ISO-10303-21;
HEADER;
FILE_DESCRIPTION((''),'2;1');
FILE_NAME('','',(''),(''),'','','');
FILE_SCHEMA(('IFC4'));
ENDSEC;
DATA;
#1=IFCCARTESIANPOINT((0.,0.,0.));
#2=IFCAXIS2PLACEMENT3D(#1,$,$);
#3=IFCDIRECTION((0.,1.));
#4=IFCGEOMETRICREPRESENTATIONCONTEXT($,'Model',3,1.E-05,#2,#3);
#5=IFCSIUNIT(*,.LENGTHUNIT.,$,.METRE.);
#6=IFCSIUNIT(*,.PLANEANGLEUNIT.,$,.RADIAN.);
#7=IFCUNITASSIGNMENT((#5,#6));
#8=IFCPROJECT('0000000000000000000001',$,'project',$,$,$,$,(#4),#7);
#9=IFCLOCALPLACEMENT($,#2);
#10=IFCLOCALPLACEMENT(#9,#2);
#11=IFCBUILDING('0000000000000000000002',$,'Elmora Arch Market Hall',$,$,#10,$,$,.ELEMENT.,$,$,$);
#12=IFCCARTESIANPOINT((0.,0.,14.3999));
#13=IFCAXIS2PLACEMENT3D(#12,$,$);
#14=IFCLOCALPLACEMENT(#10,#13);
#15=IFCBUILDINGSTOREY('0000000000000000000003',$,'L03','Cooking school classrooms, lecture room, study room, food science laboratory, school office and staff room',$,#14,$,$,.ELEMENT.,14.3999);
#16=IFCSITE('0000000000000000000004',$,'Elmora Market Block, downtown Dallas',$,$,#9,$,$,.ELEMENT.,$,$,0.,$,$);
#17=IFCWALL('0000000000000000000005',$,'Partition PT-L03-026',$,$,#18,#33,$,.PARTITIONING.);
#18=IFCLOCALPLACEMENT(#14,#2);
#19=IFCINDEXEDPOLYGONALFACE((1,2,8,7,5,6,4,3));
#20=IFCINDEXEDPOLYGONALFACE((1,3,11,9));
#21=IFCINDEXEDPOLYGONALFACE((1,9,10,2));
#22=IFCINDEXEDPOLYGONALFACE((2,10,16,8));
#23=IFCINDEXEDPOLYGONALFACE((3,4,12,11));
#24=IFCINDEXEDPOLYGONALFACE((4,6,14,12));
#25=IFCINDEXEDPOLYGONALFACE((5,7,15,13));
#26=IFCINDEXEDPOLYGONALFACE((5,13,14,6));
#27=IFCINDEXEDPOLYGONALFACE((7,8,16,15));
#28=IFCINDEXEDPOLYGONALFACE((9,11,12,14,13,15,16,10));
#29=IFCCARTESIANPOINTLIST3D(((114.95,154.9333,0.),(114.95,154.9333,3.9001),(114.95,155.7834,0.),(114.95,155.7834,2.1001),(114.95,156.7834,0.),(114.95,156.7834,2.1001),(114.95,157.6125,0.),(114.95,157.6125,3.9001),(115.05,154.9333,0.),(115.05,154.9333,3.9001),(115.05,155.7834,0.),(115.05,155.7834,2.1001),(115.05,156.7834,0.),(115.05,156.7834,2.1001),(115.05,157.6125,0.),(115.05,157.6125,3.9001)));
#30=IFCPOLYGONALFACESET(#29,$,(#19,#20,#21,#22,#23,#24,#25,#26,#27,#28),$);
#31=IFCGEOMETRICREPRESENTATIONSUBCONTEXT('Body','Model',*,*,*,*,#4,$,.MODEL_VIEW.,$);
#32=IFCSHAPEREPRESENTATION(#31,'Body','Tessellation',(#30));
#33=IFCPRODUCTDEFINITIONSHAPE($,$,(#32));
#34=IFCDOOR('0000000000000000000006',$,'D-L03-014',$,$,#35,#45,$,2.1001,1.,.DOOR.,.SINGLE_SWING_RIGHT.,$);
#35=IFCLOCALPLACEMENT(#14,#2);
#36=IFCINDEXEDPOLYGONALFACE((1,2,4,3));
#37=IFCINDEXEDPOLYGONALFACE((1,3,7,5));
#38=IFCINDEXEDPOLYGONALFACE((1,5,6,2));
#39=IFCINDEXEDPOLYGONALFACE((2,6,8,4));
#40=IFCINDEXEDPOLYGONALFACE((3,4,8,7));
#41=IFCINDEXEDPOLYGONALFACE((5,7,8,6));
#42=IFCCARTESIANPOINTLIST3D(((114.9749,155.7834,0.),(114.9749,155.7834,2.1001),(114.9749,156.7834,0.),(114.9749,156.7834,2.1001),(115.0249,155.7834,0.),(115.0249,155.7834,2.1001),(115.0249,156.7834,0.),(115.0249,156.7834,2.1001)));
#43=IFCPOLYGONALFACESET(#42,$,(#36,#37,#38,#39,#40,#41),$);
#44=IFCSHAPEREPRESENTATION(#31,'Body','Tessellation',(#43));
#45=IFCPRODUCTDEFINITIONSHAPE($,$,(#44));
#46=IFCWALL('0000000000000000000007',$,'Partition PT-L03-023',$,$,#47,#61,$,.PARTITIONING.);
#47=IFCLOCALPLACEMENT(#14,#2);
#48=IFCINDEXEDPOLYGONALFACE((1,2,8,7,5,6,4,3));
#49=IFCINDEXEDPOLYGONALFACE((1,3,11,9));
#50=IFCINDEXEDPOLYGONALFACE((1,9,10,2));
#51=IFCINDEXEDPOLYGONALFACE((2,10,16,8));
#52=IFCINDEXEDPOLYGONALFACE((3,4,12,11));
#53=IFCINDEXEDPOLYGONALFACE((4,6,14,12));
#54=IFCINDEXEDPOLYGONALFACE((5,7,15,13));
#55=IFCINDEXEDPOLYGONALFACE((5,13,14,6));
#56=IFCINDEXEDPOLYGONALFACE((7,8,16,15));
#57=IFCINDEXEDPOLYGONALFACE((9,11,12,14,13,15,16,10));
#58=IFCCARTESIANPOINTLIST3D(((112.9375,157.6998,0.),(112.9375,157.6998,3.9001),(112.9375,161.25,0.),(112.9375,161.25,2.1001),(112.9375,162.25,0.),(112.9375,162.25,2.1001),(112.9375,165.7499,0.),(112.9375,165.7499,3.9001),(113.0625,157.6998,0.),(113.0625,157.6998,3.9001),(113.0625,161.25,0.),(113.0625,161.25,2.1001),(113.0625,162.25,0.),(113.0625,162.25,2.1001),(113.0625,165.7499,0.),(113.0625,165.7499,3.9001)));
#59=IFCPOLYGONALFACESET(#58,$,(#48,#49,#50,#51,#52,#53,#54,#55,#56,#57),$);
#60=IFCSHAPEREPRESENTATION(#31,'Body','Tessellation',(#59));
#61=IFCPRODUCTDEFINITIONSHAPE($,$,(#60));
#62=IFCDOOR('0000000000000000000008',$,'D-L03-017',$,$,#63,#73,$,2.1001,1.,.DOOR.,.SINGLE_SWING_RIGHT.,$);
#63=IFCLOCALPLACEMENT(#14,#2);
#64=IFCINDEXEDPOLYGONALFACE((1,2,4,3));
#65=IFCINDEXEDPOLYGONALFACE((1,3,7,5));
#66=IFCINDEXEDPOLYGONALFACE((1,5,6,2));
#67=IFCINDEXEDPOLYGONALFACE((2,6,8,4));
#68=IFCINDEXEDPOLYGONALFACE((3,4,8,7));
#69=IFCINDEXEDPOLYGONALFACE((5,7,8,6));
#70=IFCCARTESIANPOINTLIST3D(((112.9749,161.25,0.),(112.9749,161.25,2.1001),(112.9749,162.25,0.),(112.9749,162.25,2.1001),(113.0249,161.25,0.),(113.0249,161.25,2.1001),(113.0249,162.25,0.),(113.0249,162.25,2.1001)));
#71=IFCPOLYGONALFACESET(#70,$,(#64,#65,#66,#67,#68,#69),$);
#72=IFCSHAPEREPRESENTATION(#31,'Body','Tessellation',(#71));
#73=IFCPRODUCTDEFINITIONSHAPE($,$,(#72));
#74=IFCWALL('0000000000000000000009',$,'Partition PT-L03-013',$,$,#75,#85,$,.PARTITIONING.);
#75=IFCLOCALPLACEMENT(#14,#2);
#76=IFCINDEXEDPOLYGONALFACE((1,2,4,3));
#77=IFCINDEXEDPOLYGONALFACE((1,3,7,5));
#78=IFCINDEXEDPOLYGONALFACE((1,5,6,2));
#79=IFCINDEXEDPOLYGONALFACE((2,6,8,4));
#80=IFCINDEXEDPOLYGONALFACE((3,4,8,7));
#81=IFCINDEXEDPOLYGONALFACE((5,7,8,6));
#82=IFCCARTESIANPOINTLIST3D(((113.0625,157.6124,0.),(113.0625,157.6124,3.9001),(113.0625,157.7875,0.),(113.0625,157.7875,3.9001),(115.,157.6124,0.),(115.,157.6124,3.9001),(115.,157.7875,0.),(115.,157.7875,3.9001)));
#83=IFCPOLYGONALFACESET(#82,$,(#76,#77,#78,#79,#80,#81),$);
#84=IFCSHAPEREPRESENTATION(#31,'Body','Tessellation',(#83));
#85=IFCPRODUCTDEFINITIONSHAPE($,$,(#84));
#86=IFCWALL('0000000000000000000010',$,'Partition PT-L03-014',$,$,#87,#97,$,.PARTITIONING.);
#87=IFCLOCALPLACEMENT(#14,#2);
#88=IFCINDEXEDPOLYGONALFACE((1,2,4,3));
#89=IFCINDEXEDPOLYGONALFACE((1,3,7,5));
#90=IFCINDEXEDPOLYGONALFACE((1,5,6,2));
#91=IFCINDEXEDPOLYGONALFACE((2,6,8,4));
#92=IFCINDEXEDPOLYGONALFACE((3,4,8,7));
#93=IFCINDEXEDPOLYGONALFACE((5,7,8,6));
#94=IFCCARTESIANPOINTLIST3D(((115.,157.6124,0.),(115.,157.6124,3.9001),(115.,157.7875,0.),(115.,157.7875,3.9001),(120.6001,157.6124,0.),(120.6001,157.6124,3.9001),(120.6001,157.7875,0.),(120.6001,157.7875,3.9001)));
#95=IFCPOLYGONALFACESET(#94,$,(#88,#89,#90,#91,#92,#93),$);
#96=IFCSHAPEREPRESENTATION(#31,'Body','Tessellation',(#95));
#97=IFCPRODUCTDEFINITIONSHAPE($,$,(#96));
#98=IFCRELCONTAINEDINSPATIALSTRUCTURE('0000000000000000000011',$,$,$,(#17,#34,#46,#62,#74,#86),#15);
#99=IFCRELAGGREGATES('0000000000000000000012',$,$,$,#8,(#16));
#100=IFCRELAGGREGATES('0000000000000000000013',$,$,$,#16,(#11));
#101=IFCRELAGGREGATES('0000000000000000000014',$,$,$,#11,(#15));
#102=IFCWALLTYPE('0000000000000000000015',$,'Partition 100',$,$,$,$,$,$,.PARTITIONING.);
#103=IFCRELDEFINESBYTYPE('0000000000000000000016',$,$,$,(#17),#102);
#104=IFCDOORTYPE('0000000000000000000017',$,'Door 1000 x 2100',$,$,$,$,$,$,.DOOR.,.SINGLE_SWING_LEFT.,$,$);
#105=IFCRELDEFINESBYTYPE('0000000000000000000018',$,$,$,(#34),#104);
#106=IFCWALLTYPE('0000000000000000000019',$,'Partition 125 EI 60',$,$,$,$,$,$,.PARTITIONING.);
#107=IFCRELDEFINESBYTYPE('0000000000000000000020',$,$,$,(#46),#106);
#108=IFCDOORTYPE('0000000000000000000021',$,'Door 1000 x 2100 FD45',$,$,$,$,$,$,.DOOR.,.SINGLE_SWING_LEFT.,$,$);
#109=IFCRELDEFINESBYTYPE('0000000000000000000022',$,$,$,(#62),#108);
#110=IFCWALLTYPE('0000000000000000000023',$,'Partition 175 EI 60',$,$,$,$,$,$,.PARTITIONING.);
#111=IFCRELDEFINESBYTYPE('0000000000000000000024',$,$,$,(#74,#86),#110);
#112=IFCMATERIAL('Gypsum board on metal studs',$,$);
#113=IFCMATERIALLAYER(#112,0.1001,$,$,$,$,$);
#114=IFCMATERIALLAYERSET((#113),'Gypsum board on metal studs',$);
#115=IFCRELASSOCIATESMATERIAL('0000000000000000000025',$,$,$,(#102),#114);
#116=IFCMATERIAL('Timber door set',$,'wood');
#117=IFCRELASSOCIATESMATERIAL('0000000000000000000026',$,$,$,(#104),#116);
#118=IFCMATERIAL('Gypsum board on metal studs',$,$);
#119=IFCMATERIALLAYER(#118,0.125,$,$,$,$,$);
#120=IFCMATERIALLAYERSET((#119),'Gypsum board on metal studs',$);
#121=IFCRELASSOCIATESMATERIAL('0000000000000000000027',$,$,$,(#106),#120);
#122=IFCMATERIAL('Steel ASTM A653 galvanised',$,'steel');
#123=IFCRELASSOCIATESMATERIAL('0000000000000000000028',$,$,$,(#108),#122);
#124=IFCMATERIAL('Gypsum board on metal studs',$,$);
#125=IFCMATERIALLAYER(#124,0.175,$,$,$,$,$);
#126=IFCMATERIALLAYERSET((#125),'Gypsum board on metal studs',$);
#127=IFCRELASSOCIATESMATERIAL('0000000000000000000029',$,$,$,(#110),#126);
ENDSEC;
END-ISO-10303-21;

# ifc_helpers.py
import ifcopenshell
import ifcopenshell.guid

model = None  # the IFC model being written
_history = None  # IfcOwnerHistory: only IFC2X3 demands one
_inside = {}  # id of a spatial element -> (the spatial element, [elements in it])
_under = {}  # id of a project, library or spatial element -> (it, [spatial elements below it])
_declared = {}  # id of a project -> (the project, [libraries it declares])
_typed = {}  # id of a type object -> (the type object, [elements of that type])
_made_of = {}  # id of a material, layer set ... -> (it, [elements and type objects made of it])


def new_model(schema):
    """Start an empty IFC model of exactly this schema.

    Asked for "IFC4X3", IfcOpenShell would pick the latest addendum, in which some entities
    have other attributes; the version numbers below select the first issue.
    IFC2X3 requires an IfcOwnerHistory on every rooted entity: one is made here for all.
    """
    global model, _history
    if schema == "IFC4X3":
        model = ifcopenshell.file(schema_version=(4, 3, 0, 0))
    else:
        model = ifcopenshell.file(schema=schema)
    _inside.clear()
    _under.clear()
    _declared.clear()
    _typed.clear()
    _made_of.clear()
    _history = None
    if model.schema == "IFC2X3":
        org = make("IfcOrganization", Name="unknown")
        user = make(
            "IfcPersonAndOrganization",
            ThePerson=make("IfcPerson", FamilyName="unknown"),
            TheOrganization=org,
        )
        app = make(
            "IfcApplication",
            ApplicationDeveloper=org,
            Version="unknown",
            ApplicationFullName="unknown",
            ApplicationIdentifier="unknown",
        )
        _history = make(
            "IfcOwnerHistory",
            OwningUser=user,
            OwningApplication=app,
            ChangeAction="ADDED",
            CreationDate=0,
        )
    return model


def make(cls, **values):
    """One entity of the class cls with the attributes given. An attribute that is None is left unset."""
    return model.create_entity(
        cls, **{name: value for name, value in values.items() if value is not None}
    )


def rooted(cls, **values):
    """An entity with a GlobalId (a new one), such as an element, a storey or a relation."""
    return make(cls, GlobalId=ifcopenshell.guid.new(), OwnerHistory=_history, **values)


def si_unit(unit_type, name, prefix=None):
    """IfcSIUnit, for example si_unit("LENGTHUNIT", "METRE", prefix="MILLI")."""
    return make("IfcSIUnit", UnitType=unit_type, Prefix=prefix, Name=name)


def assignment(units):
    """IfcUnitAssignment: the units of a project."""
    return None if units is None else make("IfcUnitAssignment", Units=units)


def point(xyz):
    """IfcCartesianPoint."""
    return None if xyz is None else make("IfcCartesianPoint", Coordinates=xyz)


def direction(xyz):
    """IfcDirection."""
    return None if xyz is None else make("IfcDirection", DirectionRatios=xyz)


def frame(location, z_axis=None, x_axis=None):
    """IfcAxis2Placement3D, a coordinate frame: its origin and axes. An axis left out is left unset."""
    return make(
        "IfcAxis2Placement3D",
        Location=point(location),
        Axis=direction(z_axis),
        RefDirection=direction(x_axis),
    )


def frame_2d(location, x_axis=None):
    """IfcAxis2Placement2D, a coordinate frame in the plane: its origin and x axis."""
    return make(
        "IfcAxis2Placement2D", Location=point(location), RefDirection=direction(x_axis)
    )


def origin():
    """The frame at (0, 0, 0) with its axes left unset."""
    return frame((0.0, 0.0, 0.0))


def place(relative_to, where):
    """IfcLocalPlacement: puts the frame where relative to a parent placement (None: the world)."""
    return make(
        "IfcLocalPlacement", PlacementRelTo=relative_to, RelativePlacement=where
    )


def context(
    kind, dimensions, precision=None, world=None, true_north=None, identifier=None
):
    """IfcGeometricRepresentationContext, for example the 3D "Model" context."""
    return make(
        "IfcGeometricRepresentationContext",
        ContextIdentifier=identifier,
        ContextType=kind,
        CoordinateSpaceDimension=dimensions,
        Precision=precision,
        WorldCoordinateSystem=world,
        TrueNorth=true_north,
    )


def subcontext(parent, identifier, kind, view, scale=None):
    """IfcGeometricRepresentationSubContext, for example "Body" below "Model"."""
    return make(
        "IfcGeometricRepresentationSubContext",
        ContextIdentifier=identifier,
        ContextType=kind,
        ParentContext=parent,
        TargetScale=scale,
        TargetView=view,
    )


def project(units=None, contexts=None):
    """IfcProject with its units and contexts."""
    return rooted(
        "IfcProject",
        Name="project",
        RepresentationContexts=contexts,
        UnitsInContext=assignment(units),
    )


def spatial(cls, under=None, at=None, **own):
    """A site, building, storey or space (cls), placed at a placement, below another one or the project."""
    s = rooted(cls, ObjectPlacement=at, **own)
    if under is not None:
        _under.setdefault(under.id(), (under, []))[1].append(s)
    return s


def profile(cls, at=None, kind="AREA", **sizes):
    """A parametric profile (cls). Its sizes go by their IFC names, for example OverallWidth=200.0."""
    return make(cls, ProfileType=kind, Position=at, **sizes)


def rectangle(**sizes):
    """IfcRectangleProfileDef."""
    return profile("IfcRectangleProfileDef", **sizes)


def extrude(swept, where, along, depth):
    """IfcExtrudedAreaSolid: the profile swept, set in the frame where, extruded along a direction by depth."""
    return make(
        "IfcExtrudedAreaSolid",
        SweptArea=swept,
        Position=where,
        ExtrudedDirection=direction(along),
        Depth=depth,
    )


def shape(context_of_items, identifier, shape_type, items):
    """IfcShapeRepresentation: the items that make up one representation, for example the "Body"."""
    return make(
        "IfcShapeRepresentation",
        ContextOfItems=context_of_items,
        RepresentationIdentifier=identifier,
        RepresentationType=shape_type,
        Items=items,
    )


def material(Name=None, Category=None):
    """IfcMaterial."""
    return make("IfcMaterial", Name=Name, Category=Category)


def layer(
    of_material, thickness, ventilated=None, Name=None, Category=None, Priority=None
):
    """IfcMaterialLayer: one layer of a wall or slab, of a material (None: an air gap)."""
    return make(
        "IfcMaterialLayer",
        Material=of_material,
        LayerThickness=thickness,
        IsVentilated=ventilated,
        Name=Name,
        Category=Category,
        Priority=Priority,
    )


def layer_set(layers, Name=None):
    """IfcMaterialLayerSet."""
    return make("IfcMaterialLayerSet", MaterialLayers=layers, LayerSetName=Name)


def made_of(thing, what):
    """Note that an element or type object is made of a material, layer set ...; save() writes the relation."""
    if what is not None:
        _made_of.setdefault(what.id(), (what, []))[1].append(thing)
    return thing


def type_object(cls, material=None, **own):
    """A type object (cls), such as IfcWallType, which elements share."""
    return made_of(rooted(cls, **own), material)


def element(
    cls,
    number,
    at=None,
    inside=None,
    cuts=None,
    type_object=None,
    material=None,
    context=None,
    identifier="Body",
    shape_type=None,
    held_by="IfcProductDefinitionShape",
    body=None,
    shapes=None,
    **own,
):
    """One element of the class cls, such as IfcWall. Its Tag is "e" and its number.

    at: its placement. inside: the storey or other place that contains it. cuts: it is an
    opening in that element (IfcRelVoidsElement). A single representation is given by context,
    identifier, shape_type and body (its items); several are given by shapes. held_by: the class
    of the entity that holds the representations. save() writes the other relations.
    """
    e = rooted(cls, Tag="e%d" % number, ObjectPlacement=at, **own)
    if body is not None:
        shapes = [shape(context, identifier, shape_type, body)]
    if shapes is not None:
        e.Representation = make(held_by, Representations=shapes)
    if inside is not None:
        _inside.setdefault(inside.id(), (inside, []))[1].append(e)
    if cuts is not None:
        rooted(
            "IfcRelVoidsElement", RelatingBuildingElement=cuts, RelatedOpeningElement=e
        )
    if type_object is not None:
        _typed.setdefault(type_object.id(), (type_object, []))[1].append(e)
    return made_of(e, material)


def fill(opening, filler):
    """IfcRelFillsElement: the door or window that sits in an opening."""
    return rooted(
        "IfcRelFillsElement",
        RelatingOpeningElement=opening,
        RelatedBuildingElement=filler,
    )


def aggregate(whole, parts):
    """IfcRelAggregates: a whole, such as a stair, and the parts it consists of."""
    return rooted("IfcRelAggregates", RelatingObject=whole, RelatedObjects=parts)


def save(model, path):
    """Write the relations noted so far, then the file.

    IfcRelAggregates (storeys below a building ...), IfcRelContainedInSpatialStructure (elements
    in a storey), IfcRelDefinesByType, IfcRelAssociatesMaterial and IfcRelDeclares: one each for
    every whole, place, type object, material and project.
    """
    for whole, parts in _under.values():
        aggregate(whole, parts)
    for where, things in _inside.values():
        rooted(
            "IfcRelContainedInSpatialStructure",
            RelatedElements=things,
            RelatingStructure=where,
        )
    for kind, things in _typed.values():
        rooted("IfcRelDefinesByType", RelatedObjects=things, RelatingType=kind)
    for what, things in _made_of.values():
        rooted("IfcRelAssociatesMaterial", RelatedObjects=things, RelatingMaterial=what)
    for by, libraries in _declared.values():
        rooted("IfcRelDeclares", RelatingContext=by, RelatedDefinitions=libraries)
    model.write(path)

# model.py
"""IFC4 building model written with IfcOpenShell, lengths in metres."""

from ifc_helpers import new_model, si_unit, direction, frame, frame_2d, origin, place, context, subcontext, project, spatial, rectangle, extrude, material, layer, layer_set, type_object, element, fill, save


model = new_model("IFC4")

# Units and contexts
model_context = context("Model", 3, precision=1e-05, world=origin(), true_north=direction((0.0, 1.0)))
body_context = subcontext(model_context, "Body", "Model", "MODEL_VIEW")
ifc_project = project(units=[si_unit("LENGTHUNIT", "METRE"), si_unit("PLANEANGLEUNIT", "RADIAN")], contexts=[model_context])

# Site, building, storey
site_placement = place(None, origin())
site = spatial("IfcSite", under=ifc_project, at=site_placement, Name="Elmora Market Block, downtown Dallas", CompositionType="ELEMENT", RefElevation=0.0)
building_placement = place(site_placement, origin())
building = spatial("IfcBuilding", under=site, at=building_placement, Name="Elmora Arch Market Hall", CompositionType="ELEMENT")
storey_placement = place(building_placement, frame((0.0, 0.0, 14.3999)))
storey = spatial("IfcBuildingStorey", under=building, at=storey_placement, Name="L03", Description="Cooking school classrooms, lecture room, study room, food science laboratory, school office and staff room", CompositionType="ELEMENT", Elevation=14.3999)

# Shared definitions
ifc_material_1 = material(Name="Gypsum board on metal studs")
ifc_layer_1 = layer(ifc_material_1, 0.1001)
ifc_layer_set_1 = layer_set([ifc_layer_1], Name="Gypsum board on metal studs")
wall_type_1 = type_object("IfcWallType", Name="Partition 100", PredefinedType="PARTITIONING", material=ifc_layer_set_1)

# Walls, openings, doors
ifc_material_2 = material(Name="Timber door set", Category="wood")
door_type_1 = type_object("IfcDoorType", Name="Door 1000 x 2100", OperationType="SINGLE_SWING_LEFT", PredefinedType="DOOR", material=ifc_material_2)
wall_1_placement = place(storey_placement, frame((115.0, 154.9333, 0.0), z_axis=(0.0, 0.0, 1.0), x_axis=(0.0, 1.0, 0.0)))
wall_1 = element("IfcWall", 1, at=wall_1_placement, inside=storey, type_object=wall_type_1, Name="Partition PT-L03-026", PredefinedType="PARTITIONING", context=body_context, shape_type="SweptSolid", body=[
    extrude(rectangle(XDim=2.6792, YDim=0.1001, at=frame_2d((1.3396, 0.0))), origin(), (0.0, 0.0, 1.0), 3.9001),
])
opening_1_placement = place(wall_1_placement, frame((0.8501, 0.0, 0.0)))
opening_1 = element("IfcOpeningElement", 2, at=opening_1_placement, cuts=wall_1, PredefinedType="OPENING", context=body_context, shape_type="SweptSolid", body=[
    extrude(rectangle(XDim=1.0, YDim=2.1001, at=frame_2d((0.5, 1.05))), frame((0.0, 0.0601, 0.0), z_axis=(0.0, -1.0, 0.0), x_axis=(1.0, 0.0, 0.0)), (0.0, 0.0, 1.0), 0.1201),
])
door_1_placement = place(opening_1_placement, frame((1.0, 0.0, 0.0), z_axis=(0.0, 0.0, 1.0), x_axis=(-1.0, 0.0, 0.0)))
door_1 = element("IfcDoor", 3, at=door_1_placement, inside=storey, type_object=door_type_1, Name="D-L03-014", OperationType="SINGLE_SWING_RIGHT", OverallHeight=2.1001, OverallWidth=1.0, PredefinedType="DOOR", context=body_context, shape_type="SweptSolid", body=[
    extrude(rectangle(XDim=1.0, YDim=2.1001, at=frame_2d((0.5, 1.05))), frame((0.0, 0.0249, 0.0), z_axis=(0.0, -1.0, 0.0), x_axis=(1.0, 0.0, 0.0)), (0.0, 0.0, 1.0), 0.05),
])
fill(opening_1, door_1)
ifc_material_3 = material(Name="Gypsum board on metal studs")
ifc_layer_2 = layer(ifc_material_3, 0.125)
ifc_layer_set_2 = layer_set([ifc_layer_2], Name="Gypsum board on metal studs")
wall_type_2 = type_object("IfcWallType", Name="Partition 125 EI 60", PredefinedType="PARTITIONING", material=ifc_layer_set_2)
wall_2_placement = place(storey_placement, frame((113.0, 157.7, 0.0), z_axis=(0.0, 0.0, 1.0), x_axis=(0.0, 1.0, 0.0)))
wall_2 = element("IfcWall", 4, at=wall_2_placement, inside=storey, type_object=wall_type_2, Name="Partition PT-L03-023", PredefinedType="PARTITIONING", context=body_context, shape_type="SweptSolid", body=[
    extrude(rectangle(XDim=8.05, YDim=0.125, at=frame_2d((4.0249, 0.0))), origin(), (0.0, 0.0, 1.0), 3.9001),
])
opening_2_placement = place(wall_2_placement, frame((3.55, 0.0, 0.0)))
opening_2 = element("IfcOpeningElement", 5, at=opening_2_placement, cuts=wall_2, PredefinedType="OPENING", context=body_context, shape_type="SweptSolid", body=[
    extrude(rectangle(XDim=1.0, YDim=2.1001, at=frame_2d((0.5, 1.05))), frame((0.0, 0.0725, 0.0), z_axis=(0.0, -1.0, 0.0), x_axis=(1.0, 0.0, 0.0)), (0.0, 0.0, 1.0), 0.145),
])
ifc_material_4 = material(Name="Steel ASTM A653 galvanised", Category="steel")
door_type_2 = type_object("IfcDoorType", Name="Door 1000 x 2100 FD45", OperationType="SINGLE_SWING_LEFT", PredefinedType="DOOR", material=ifc_material_4)
door_2_placement = place(opening_2_placement, frame((1.0, 0.0, 0.0), z_axis=(0.0, 0.0, 1.0), x_axis=(-1.0, 0.0, 0.0)))
door_2 = element("IfcDoor", 6, at=door_2_placement, inside=storey, type_object=door_type_2, Name="D-L03-017", OperationType="SINGLE_SWING_RIGHT", OverallHeight=2.1001, OverallWidth=1.0, PredefinedType="DOOR", context=body_context, shape_type="SweptSolid", body=[
    extrude(rectangle(XDim=1.0, YDim=2.1001, at=frame_2d((0.5, 1.05))), frame((0.0, 0.0249, 0.0), z_axis=(0.0, -1.0, 0.0), x_axis=(1.0, 0.0, 0.0)), (0.0, 0.0, 1.0), 0.05),
])
fill(opening_2, door_2)

# Walls
ifc_material_5 = material(Name="Gypsum board on metal studs")
ifc_layer_3 = layer(ifc_material_5, 0.175)
ifc_layer_set_3 = layer_set([ifc_layer_3], Name="Gypsum board on metal studs")
wall_type_3 = type_object("IfcWallType", Name="Partition 175 EI 60", PredefinedType="PARTITIONING", material=ifc_layer_set_3)
wall_3_placement = place(storey_placement, frame((113.0625, 157.7, 0.0), z_axis=(0.0, 0.0, 1.0), x_axis=(1.0, 0.0, 0.0)))
element("IfcWall", 7, at=wall_3_placement, inside=storey, type_object=wall_type_3, Name="Partition PT-L03-013", PredefinedType="PARTITIONING", context=body_context, shape_type="SweptSolid", body=[
    extrude(rectangle(XDim=1.9375, YDim=0.175, at=frame_2d((0.9688, 0.0))), origin(), (0.0, 0.0, 1.0), 3.9001),
])
wall_4_placement = place(storey_placement, frame((115.0, 157.7, 0.0), z_axis=(0.0, 0.0, 1.0), x_axis=(1.0, 0.0, 0.0)))
element("IfcWall", 8, at=wall_4_placement, inside=storey, type_object=wall_type_3, Name="Partition PT-L03-014", PredefinedType="PARTITIONING", context=body_context, shape_type="SweptSolid", body=[
    extrude(rectangle(XDim=5.6001, YDim=0.175, at=frame_2d((2.8, 0.0))), origin(), (0.0, 0.0, 1.0), 3.9001),
])

save(model, "model.ifc")
